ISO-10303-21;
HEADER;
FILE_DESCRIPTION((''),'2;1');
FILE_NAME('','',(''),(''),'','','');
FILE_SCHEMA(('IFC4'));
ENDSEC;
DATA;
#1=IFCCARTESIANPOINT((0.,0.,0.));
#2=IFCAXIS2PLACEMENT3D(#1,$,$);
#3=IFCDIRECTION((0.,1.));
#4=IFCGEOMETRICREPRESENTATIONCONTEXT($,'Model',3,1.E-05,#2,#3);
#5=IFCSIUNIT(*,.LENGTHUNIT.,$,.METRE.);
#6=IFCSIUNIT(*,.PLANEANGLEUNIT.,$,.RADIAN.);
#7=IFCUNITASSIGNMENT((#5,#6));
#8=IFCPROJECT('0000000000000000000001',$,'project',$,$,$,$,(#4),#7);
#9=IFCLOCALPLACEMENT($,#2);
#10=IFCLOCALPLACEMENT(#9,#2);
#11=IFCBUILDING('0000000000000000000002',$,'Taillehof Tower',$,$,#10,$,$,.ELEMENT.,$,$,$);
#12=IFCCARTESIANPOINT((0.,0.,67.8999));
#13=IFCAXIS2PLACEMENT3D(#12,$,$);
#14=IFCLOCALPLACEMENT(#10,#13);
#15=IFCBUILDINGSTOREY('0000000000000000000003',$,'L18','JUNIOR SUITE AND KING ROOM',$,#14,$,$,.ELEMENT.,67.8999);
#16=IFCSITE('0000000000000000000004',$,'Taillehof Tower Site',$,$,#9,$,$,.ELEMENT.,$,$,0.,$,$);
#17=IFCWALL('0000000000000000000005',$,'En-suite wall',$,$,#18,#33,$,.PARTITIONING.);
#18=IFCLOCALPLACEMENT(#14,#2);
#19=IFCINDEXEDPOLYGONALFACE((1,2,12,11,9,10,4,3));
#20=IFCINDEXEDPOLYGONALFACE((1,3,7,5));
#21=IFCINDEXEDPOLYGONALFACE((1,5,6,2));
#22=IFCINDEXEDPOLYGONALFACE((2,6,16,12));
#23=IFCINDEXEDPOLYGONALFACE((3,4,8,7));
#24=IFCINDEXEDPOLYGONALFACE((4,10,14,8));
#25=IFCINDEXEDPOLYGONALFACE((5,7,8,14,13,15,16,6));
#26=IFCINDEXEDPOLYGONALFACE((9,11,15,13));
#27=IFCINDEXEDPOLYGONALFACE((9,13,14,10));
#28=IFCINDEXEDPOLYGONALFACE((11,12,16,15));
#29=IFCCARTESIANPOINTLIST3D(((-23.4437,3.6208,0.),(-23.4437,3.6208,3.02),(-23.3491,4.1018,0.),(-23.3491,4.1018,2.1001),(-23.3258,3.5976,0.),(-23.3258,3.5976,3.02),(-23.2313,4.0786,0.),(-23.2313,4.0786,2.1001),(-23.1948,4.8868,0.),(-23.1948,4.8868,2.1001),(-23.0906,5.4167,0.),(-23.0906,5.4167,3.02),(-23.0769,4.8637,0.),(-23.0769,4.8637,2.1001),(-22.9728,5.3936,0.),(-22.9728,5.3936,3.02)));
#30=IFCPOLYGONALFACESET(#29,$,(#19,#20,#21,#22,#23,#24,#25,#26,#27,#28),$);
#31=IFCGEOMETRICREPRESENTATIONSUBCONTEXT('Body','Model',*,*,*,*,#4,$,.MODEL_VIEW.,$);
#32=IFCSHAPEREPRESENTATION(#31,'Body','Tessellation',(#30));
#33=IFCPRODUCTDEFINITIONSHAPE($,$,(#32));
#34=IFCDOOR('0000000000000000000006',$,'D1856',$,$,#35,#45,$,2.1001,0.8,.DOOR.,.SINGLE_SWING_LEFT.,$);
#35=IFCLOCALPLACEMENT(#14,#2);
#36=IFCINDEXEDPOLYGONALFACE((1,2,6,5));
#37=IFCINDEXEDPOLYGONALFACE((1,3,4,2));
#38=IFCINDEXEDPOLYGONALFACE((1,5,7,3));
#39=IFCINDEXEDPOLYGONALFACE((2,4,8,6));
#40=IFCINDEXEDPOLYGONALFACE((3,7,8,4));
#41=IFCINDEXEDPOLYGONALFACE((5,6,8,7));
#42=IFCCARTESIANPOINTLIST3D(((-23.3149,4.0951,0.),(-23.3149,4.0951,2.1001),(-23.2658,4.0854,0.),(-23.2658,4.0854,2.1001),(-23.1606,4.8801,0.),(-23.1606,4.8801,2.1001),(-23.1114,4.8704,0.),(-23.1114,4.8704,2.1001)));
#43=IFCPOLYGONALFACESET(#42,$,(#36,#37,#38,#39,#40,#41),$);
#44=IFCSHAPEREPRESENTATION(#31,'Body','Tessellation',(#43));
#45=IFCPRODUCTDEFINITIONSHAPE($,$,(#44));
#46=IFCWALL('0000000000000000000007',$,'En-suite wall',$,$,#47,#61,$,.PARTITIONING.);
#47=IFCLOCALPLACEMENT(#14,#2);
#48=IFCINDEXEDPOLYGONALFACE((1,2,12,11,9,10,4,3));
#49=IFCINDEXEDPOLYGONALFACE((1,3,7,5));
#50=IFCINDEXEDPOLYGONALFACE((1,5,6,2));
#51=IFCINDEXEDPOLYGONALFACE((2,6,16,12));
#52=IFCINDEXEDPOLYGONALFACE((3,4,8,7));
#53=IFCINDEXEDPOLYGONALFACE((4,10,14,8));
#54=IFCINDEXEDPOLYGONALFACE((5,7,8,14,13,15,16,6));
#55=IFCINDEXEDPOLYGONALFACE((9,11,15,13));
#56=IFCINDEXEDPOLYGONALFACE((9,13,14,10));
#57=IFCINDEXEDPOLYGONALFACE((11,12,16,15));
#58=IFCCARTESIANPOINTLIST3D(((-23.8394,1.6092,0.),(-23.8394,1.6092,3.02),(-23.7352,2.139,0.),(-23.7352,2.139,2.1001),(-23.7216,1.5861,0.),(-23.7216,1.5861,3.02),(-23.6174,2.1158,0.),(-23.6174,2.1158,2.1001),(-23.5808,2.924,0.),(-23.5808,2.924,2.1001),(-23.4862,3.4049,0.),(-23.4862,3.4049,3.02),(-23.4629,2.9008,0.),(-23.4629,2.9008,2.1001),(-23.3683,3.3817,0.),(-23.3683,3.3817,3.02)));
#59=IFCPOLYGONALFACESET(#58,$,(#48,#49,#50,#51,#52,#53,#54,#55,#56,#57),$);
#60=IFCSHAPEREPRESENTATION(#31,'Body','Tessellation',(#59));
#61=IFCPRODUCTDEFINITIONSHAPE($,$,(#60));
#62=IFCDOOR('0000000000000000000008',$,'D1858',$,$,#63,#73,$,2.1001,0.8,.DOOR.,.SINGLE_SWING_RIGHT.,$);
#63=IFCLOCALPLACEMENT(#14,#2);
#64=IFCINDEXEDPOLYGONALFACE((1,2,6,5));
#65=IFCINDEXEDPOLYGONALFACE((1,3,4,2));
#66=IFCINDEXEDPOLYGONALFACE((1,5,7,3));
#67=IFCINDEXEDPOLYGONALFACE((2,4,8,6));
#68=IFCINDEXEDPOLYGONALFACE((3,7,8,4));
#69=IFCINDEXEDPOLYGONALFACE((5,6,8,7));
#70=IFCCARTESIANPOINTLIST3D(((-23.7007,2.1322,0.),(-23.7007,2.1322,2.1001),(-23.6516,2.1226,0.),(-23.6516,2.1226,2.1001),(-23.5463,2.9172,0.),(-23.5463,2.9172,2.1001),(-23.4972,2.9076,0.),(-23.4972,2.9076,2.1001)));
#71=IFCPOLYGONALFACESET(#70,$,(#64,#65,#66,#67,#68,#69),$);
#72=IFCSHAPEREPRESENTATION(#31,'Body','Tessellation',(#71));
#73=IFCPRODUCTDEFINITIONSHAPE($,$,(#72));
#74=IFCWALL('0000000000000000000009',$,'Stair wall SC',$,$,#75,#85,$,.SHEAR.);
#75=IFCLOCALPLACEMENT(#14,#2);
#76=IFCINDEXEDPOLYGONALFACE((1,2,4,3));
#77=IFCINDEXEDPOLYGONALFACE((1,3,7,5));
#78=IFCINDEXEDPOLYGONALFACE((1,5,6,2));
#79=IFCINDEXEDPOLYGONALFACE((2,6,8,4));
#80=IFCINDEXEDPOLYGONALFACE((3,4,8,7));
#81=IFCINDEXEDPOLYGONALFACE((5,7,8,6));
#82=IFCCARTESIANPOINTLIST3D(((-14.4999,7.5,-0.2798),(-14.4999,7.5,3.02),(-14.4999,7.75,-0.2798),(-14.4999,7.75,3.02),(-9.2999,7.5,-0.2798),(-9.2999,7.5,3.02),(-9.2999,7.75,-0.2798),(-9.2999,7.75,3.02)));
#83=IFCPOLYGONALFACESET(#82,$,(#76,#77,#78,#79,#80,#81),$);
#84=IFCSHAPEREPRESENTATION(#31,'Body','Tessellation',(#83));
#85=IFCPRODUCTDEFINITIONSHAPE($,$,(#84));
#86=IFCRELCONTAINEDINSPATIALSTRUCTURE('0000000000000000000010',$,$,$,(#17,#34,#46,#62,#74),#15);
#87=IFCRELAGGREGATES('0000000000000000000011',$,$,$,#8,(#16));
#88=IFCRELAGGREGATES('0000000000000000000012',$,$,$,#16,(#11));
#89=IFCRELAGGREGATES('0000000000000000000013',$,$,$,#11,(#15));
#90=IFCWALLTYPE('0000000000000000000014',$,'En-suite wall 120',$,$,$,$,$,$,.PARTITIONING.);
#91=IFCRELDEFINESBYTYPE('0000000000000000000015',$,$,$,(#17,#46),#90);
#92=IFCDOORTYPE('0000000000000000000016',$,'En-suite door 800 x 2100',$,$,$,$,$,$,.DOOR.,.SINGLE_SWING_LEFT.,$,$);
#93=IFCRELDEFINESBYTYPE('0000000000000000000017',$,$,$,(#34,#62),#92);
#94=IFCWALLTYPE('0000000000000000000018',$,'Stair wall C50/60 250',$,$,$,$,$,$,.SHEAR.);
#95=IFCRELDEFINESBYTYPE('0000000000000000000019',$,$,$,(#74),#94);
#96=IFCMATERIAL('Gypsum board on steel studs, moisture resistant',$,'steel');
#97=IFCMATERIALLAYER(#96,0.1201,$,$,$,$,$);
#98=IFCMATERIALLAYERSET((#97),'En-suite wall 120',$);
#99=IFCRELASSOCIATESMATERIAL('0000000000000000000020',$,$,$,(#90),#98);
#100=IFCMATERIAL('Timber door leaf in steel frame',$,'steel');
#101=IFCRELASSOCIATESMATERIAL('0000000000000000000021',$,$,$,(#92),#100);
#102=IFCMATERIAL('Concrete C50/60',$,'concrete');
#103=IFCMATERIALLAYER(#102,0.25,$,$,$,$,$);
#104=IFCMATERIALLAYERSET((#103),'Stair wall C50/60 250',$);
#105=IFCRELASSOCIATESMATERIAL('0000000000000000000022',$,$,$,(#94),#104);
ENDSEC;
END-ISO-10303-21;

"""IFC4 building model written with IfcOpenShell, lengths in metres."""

from ifc_helpers import new_model, si_unit, direction, frame, frame_2d, origin, place, context, subcontext, project, spatial, rectangle, extrude, material, layer, layer_set, type_object, element, fill, save


model = new_model("IFC4")

# Units and contexts
model_context = context("Model", 3, precision=1e-05, world=origin(), true_north=direction((0.0, 1.0)))
body_context = subcontext(model_context, "Body", "Model", "MODEL_VIEW")
ifc_project = project(units=[si_unit("LENGTHUNIT", "METRE"), si_unit("PLANEANGLEUNIT", "RADIAN")], contexts=[model_context])

# Site, building, storey
site_placement = place(None, origin())
site = spatial("IfcSite", under=ifc_project, at=site_placement, Name="Taillehof Tower Site", CompositionType="ELEMENT", RefElevation=0.0)
building_placement = place(site_placement, origin())
building = spatial("IfcBuilding", under=site, at=building_placement, Name="Taillehof Tower", CompositionType="ELEMENT")
storey_placement = place(building_placement, frame((0.0, 0.0, 67.8999)))
storey = spatial("IfcBuildingStorey", under=building, at=storey_placement, Name="L18", Description="JUNIOR SUITE AND KING ROOM", CompositionType="ELEMENT", Elevation=67.8999)

# Shared definitions
ifc_material_1 = material(Name="Gypsum board on steel studs, moisture resistant", Category="steel")
ifc_layer_1 = layer(ifc_material_1, 0.1201)
ifc_layer_set_1 = layer_set([ifc_layer_1], Name="En-suite wall 120")
wall_type_1 = type_object("IfcWallType", Name="En-suite wall 120", PredefinedType="PARTITIONING", material=ifc_layer_set_1)

# Walls, openings, doors
wall_1_placement = place(storey_placement, frame((-23.0317, 5.405, 0.0), z_axis=(0.0, 0.0, 1.0), x_axis=(-0.192883, -0.981222, 0.0)))
wall_1 = element("IfcWall", 1, at=wall_1_placement, inside=storey, type_object=wall_type_1, Name="En-suite wall", PredefinedType="PARTITIONING", context=body_context, shape_type="SweptSolid", body=[
    extrude(rectangle(XDim=1.8303, YDim=0.1201, at=frame_2d((0.915, 0.0))), origin(), (0.0, 0.0, 1.0), 3.02),
])
opening_1_placement = place(wall_1_placement, frame((0.54, 0.0, 0.0)))
opening_1 = element("IfcOpeningElement", 2, at=opening_1_placement, cuts=wall_1, PredefinedType="OPENING", context=body_context, shape_type="SweptSolid", body=[
    extrude(rectangle(XDim=0.8, YDim=2.1001, at=frame_2d((0.3999, 1.05))), frame((0.0, 0.0701, 0.0), z_axis=(0.0, -1.0, 0.0), x_axis=(1.0, 0.0, 0.0)), (0.0, 0.0, 1.0), 0.1401),
])
ifc_material_2 = material(Name="Timber door leaf in steel frame", Category="steel")
door_type_1 = type_object("IfcDoorType", Name="En-suite door 800 x 2100", OperationType="SINGLE_SWING_LEFT", PredefinedType="DOOR", material=ifc_material_2)
door_1_placement = place(opening_1_placement, origin())
door_1 = element("IfcDoor", 3, at=door_1_placement, inside=storey, type_object=door_type_1, Name="D1856", OperationType="SINGLE_SWING_LEFT", OverallHeight=2.1001, OverallWidth=0.8, PredefinedType="DOOR", context=body_context, shape_type="SweptSolid", body=[
    extrude(rectangle(XDim=0.8, YDim=2.1001, at=frame_2d((0.3999, 1.05))), frame((0.0, 0.0249, 0.0), z_axis=(0.0, -1.0, 0.0), x_axis=(1.0, 0.0, 0.0)), (0.0, 0.0, 1.0), 0.05),
])
fill(opening_1, door_1)
wall_2_placement = place(storey_placement, frame((-23.7805, 1.5977, 0.0), z_axis=(0.0, 0.0, 1.0), x_axis=(0.193037, 0.981192, 0.0)))
wall_2 = element("IfcWall", 4, at=wall_2_placement, inside=storey, type_object=wall_type_1, Name="En-suite wall", PredefinedType="PARTITIONING", context=body_context, shape_type="SweptSolid", body=[
    extrude(rectangle(XDim=1.8301, YDim=0.1201, at=frame_2d((0.915, 0.0))), origin(), (0.0, 0.0, 1.0), 3.02),
])
opening_2_placement = place(wall_2_placement, frame((0.54, 0.0, 0.0)))
opening_2 = element("IfcOpeningElement", 5, at=opening_2_placement, cuts=wall_2, PredefinedType="OPENING", context=body_context, shape_type="SweptSolid", body=[
    extrude(rectangle(XDim=0.8, YDim=2.1001, at=frame_2d((0.3999, 1.05))), frame((0.0, 0.0701, 0.0), z_axis=(0.0, -1.0, 0.0), x_axis=(1.0, 0.0, 0.0)), (0.0, 0.0, 1.0), 0.1401),
])
door_2_placement = place(opening_2_placement, origin())
door_2 = element("IfcDoor", 6, at=door_2_placement, inside=storey, type_object=door_type_1, Name="D1858", OperationType="SINGLE_SWING_RIGHT", OverallHeight=2.1001, OverallWidth=0.8, PredefinedType="DOOR", context=body_context, shape_type="SweptSolid", body=[
    extrude(rectangle(XDim=0.8, YDim=2.1001, at=frame_2d((0.3999, 1.05))), frame((0.0, 0.0249, 0.0), z_axis=(0.0, -1.0, 0.0), x_axis=(1.0, 0.0, 0.0)), (0.0, 0.0, 1.0), 0.05),
])
fill(opening_2, door_2)

# Wall
ifc_material_3 = material(Name="Concrete C50/60", Category="concrete")
ifc_layer_2 = layer(ifc_material_3, 0.25)
ifc_layer_set_2 = layer_set([ifc_layer_2], Name="Stair wall C50/60 250")
wall_type_2 = type_object("IfcWallType", Name="Stair wall C50/60 250", PredefinedType="SHEAR", material=ifc_layer_set_2)
wall_3_placement = place(storey_placement, frame((-14.5, 7.625, -0.2798), z_axis=(0.0, 0.0, 1.0), x_axis=(1.0, 0.0, 0.0)))
element("IfcWall", 7, at=wall_3_placement, inside=storey, type_object=wall_type_2, Name="Stair wall SC", PredefinedType="SHEAR", context=body_context, shape_type="SweptSolid", body=[
    extrude(rectangle(XDim=5.2, YDim=0.25, at=frame_2d((2.6001, 0.0))), origin(), (0.0, 0.0, 1.0), 3.2998),
])

save(model, "model.ifc")
